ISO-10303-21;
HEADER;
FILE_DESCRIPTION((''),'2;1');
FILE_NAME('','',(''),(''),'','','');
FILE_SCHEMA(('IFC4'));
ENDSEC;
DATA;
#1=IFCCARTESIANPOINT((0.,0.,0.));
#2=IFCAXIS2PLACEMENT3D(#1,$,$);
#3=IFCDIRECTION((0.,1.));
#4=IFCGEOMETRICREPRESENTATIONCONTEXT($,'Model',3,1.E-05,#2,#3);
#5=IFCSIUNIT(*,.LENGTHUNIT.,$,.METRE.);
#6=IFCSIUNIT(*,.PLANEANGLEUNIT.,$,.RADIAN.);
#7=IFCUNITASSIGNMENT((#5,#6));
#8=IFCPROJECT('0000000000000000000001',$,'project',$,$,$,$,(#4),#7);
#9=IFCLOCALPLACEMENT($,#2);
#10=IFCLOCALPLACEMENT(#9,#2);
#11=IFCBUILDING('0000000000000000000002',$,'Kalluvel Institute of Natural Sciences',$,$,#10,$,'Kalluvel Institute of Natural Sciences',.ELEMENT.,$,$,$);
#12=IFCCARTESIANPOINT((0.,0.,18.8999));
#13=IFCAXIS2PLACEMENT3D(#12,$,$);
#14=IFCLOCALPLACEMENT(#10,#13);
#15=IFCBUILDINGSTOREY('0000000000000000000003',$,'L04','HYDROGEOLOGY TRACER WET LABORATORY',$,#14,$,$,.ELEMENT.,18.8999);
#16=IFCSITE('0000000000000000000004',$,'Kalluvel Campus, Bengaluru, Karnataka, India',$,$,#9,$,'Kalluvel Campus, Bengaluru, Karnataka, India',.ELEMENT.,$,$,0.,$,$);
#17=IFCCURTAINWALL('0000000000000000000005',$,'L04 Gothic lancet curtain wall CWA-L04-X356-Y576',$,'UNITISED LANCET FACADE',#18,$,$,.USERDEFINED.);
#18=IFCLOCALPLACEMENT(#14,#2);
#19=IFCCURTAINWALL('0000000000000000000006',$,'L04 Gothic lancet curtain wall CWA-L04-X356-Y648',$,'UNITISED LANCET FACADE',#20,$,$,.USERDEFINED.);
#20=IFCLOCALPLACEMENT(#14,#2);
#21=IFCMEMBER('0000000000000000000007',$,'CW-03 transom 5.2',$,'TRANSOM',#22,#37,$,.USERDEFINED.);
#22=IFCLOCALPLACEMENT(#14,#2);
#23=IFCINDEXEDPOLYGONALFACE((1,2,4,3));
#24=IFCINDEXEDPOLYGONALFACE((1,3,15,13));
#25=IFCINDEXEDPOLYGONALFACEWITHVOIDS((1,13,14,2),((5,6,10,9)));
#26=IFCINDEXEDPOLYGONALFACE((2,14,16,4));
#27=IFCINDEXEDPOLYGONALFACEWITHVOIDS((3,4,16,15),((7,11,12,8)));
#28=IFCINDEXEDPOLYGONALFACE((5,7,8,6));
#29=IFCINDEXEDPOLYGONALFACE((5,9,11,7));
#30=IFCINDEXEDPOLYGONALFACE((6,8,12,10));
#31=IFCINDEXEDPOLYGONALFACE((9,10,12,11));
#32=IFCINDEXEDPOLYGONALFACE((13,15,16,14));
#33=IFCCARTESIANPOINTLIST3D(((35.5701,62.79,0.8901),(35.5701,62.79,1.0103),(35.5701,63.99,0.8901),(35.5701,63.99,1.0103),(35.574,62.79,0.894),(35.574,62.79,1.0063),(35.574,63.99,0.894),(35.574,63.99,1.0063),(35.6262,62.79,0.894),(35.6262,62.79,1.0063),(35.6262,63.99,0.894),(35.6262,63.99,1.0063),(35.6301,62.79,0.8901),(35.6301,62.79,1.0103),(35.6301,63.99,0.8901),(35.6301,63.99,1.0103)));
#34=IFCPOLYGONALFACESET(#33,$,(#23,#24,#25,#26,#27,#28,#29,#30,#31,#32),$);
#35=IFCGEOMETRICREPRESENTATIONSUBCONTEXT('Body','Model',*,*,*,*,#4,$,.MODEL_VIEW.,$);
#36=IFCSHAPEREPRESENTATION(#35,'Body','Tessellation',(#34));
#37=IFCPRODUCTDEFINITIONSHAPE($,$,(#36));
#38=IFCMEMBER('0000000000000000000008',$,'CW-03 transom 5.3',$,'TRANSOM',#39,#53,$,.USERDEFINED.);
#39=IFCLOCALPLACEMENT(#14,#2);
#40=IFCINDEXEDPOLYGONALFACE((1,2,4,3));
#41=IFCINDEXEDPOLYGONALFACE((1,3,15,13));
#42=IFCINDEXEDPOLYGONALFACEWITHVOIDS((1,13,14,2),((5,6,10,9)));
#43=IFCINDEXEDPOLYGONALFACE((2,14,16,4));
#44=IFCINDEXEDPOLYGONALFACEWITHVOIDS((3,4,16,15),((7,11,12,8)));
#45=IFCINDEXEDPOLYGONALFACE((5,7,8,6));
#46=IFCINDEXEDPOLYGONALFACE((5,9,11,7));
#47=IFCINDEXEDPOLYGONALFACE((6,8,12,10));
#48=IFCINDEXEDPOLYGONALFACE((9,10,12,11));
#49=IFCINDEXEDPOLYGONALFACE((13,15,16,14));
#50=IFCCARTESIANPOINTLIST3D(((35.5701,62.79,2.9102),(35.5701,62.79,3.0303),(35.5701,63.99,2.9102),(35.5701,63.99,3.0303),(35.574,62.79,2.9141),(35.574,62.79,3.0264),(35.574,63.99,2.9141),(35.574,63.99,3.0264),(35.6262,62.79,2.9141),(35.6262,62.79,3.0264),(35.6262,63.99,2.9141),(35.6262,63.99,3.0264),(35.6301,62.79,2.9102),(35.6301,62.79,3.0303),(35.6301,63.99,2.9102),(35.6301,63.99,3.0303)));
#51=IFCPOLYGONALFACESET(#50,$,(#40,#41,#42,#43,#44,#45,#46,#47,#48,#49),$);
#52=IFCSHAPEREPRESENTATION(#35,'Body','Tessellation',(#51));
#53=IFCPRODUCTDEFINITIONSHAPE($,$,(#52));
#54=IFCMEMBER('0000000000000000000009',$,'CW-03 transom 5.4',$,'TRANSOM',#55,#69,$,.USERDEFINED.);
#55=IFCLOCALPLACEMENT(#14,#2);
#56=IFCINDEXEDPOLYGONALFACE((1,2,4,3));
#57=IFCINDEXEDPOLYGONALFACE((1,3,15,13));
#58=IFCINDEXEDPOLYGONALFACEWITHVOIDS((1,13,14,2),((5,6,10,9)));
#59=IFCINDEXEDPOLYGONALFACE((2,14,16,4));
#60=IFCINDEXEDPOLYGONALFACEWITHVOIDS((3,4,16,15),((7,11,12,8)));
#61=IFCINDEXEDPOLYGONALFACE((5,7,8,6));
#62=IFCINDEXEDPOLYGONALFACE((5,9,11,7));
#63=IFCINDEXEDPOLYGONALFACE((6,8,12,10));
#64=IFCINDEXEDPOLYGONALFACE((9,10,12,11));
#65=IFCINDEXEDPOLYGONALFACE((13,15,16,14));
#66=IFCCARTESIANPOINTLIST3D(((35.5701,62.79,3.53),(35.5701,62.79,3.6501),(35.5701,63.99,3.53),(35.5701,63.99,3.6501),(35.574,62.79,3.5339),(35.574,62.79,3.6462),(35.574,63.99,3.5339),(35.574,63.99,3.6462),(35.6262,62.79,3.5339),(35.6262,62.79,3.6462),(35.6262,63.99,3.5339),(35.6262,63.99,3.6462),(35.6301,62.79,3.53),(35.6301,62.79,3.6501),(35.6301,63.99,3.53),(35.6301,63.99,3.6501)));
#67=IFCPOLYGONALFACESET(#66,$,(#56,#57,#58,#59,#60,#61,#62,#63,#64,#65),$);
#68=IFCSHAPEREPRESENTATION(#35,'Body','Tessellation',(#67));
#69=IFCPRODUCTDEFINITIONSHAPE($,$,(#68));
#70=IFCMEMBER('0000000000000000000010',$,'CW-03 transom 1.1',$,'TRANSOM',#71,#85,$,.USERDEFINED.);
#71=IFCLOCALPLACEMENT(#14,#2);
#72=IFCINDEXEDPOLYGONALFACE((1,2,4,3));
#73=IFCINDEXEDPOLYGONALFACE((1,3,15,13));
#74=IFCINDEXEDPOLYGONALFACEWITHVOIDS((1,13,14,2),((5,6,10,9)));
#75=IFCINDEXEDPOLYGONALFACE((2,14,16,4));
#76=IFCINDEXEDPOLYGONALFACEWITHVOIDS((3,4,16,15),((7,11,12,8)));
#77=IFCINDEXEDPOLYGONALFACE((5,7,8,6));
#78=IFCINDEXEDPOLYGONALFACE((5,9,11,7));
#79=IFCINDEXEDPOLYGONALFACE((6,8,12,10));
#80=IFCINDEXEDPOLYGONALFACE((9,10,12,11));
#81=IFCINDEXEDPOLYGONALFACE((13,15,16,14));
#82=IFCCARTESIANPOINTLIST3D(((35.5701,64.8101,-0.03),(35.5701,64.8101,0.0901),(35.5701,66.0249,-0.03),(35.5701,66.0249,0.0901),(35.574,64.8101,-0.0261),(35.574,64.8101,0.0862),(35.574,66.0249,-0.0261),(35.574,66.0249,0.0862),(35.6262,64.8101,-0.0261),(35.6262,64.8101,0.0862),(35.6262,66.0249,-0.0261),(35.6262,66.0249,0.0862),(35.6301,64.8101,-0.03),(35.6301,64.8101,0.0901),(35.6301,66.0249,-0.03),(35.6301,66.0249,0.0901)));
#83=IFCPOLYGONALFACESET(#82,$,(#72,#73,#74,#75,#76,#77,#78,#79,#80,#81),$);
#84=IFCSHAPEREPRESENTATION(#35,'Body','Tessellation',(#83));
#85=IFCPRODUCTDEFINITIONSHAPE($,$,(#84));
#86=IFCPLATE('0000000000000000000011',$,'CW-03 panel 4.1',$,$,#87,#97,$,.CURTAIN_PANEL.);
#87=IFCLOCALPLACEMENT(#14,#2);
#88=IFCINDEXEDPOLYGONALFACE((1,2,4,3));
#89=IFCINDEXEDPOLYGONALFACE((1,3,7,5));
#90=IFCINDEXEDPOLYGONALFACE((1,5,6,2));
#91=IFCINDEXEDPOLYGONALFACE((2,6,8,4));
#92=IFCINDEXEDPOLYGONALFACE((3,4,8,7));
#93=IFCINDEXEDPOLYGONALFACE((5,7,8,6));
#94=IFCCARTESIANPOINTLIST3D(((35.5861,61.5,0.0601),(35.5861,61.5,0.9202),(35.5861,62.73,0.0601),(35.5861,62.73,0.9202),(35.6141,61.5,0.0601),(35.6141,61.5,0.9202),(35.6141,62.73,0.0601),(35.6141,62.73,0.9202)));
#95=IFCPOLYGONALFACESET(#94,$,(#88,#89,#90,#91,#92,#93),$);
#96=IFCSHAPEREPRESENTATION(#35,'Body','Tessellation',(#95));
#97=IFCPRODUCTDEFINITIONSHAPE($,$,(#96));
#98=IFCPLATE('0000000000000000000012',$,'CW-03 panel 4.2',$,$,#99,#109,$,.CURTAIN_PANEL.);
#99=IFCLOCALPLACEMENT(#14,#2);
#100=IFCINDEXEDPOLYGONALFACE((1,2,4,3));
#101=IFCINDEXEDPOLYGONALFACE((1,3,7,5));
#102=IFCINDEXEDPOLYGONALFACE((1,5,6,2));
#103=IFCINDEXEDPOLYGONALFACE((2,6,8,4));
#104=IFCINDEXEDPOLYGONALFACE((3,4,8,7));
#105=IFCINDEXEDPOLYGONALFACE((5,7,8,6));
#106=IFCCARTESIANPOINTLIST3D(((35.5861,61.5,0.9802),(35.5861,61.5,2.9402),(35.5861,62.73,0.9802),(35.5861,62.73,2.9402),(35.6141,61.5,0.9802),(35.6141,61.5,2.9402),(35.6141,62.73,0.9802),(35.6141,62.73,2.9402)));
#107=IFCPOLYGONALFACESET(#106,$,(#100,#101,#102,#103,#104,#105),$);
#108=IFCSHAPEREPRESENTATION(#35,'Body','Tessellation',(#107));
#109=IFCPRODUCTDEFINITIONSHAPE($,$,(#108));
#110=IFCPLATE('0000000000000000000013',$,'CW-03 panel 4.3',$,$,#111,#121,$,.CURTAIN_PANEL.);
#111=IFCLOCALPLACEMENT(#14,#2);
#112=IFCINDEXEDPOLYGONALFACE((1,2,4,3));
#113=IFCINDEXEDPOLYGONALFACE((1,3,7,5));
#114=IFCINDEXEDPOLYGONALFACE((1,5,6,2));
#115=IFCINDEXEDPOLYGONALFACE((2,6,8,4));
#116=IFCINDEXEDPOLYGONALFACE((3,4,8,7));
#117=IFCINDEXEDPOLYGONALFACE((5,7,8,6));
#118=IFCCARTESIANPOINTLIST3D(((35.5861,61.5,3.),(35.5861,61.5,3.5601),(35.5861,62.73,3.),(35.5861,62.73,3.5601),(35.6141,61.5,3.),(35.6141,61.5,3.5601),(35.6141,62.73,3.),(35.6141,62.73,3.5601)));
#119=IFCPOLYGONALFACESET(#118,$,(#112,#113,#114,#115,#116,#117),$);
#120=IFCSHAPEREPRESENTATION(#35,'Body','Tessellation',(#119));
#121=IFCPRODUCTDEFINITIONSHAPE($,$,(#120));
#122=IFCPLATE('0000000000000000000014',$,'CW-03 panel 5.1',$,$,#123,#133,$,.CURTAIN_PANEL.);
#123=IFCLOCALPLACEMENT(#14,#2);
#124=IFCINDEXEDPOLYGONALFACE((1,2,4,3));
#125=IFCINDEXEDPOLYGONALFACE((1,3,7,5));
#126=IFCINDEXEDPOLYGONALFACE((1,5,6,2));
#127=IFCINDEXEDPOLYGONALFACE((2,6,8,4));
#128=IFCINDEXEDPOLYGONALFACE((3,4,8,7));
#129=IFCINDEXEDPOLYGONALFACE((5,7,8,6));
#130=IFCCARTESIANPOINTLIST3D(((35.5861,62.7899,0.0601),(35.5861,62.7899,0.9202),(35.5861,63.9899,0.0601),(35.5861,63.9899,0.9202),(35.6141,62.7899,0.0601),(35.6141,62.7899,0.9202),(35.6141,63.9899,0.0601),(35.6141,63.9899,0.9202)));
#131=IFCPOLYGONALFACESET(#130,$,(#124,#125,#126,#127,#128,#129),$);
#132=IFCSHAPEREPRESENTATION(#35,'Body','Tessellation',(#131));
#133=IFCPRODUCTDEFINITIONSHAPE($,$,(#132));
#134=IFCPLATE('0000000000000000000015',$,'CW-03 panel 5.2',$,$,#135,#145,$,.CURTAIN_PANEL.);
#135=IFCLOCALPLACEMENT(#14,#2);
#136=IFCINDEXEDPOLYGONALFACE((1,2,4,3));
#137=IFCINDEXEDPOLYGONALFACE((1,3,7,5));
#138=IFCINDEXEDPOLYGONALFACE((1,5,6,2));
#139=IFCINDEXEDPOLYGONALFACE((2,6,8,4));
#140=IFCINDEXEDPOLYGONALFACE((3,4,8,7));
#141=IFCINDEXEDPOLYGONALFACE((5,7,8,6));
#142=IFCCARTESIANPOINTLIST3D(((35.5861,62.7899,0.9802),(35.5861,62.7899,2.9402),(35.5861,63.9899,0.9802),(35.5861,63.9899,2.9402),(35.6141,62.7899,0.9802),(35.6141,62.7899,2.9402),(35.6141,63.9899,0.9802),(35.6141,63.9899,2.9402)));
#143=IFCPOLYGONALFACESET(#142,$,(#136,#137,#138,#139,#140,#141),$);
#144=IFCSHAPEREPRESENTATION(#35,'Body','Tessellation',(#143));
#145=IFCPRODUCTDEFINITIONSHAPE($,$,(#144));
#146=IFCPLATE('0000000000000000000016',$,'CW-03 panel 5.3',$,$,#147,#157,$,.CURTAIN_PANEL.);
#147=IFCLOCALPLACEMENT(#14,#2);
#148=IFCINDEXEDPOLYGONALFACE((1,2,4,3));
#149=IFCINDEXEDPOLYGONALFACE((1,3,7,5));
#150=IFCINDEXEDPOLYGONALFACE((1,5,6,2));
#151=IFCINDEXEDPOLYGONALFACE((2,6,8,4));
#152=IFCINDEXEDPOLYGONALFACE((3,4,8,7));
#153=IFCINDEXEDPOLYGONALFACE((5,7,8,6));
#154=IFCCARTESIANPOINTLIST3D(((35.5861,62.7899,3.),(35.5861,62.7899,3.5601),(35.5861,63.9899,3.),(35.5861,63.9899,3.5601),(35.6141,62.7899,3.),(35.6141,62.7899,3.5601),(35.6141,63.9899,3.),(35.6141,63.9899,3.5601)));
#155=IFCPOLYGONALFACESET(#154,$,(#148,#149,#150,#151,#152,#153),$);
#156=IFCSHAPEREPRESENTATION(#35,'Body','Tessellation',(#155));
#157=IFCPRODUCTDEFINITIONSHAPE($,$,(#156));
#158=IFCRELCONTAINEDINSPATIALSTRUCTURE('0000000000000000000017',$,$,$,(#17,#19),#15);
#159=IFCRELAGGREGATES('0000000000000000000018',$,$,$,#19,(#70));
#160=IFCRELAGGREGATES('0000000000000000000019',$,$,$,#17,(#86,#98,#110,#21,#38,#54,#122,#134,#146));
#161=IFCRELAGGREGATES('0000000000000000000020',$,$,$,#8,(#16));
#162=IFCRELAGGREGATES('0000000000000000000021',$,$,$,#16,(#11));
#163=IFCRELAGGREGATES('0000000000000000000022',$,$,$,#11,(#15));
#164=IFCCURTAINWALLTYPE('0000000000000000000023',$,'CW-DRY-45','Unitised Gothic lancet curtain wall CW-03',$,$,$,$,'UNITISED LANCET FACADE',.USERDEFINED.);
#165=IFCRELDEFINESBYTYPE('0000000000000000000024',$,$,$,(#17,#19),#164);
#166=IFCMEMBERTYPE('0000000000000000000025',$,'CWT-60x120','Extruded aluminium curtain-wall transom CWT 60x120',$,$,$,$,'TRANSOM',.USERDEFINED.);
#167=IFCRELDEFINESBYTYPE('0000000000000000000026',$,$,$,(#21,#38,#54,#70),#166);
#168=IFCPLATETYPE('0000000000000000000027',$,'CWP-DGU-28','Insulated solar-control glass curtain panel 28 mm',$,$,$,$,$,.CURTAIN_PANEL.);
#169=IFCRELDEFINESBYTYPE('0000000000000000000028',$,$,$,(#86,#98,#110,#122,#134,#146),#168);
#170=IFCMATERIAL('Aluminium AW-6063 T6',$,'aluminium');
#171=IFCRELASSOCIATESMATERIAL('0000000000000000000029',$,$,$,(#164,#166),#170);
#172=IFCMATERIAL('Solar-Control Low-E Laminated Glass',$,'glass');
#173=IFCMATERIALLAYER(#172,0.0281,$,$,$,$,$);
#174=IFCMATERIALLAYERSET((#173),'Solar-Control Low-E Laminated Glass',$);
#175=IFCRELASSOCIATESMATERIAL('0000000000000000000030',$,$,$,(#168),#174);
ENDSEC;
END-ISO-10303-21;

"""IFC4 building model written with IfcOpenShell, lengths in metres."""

from ifc_helpers import new_model, si_unit, direction, frame, origin, origin_2d, place, context, subcontext, project, spatial, rectangle, hollow_rectangle, extrude, material, layer, layer_set, material_profile, profile_set, type_object, element, aggregate, save


model = new_model("IFC4")

# Units and contexts
model_context = context("Model", 3, precision=1e-05, world=origin(), true_north=direction((0.0, 1.0)))
body_context = subcontext(model_context, "Body", "Model", "MODEL_VIEW")
ifc_project = project(units=[si_unit("LENGTHUNIT", "METRE"), si_unit("PLANEANGLEUNIT", "RADIAN")], contexts=[model_context])

# Site, building, storey
site_placement = place(None, origin())
site = spatial("IfcSite", under=ifc_project, at=site_placement, Name="Kalluvel Campus, Bengaluru, Karnataka, India", LongName="Kalluvel Campus, Bengaluru, Karnataka, India", CompositionType="ELEMENT", RefElevation=0.0)
building_placement = place(site_placement, origin())
building = spatial("IfcBuilding", under=site, at=building_placement, Name="Kalluvel Institute of Natural Sciences", LongName="Kalluvel Institute of Natural Sciences", CompositionType="ELEMENT")
storey_placement = place(building_placement, frame((0.0, 0.0, 18.8999)))
storey = spatial("IfcBuildingStorey", under=building, at=storey_placement, Name="L04", Description="HYDROGEOLOGY TRACER WET LABORATORY", CompositionType="ELEMENT", Elevation=18.8999)

# Curtain wall
ifc_material_1 = material(Name="Aluminium AW-6063 T6", Category="aluminium")
curtain_wall_type = type_object("IfcCurtainWallType", Name="CW-DRY-45", Description="Unitised Gothic lancet curtain wall CW-03", ElementType="UNITISED LANCET FACADE", PredefinedType="USERDEFINED", material=ifc_material_1)
curtain_wall_1_placement = place(storey_placement, origin())
curtain_wall_1 = element("IfcCurtainWall", 1, at=curtain_wall_1_placement, inside=storey, type_object=curtain_wall_type, Name="L04 Gothic lancet curtain wall CWA-L04-X356-Y576", ObjectType="UNITISED LANCET FACADE", PredefinedType="USERDEFINED")

# Curtain wall
curtain_wall_2_placement = place(storey_placement, origin())
curtain_wall_2 = element("IfcCurtainWall", 2, at=curtain_wall_2_placement, inside=storey, type_object=curtain_wall_type, Name="L04 Gothic lancet curtain wall CWA-L04-X356-Y648", ObjectType="UNITISED LANCET FACADE", PredefinedType="USERDEFINED")

# Members
ifc_material_profile_1 = material_profile(ifc_material_1, hollow_rectangle(XDim=0.0601, YDim=0.1201, WallThickness=0.0039, at=origin_2d()), Name="CWT 60x120")
ifc_profile_set_1 = profile_set([ifc_material_profile_1], Name="Aluminium AW-6063 T6")
member_type_1 = type_object("IfcMemberType", Name="CWT-60x120", Description="Extruded aluminium curtain-wall transom CWT 60x120", ElementType="TRANSOM", PredefinedType="USERDEFINED", material=ifc_profile_set_1)
member_1_placement = place(storey_placement, frame((35.6001, 62.79, 0.9502), z_axis=(0.0, 1.0, 0.0), x_axis=(-1.0, 0.0, 0.0)))
member_1 = element("IfcMember", 3, at=member_1_placement, type_object=member_type_1, Name="CW-03 transom 5.2", ObjectType="TRANSOM", PredefinedType="USERDEFINED", context=body_context, shape_type="SweptSolid", body=[
    extrude(hollow_rectangle(XDim=0.0601, YDim=0.1201, WallThickness=0.0039, at=origin_2d()), origin(), (0.0, 0.0, 1.0), 1.2),
])
member_2_placement = place(storey_placement, frame((35.6001, 62.79, 2.9702), z_axis=(0.0, 1.0, 0.0), x_axis=(-1.0, 0.0, 0.0)))
member_2 = element("IfcMember", 4, at=member_2_placement, type_object=member_type_1, Name="CW-03 transom 5.3", ObjectType="TRANSOM", PredefinedType="USERDEFINED", context=body_context, shape_type="SweptSolid", body=[
    extrude(hollow_rectangle(XDim=0.0601, YDim=0.1201, WallThickness=0.0039, at=origin_2d()), origin(), (0.0, 0.0, 1.0), 1.2),
])
member_3_placement = place(storey_placement, frame((35.6001, 62.79, 3.5901), z_axis=(0.0, 1.0, 0.0), x_axis=(-1.0, 0.0, 0.0)))
member_3 = element("IfcMember", 5, at=member_3_placement, type_object=member_type_1, Name="CW-03 transom 5.4", ObjectType="TRANSOM", PredefinedType="USERDEFINED", context=body_context, shape_type="SweptSolid", body=[
    extrude(hollow_rectangle(XDim=0.0601, YDim=0.1201, WallThickness=0.0039, at=origin_2d()), origin(), (0.0, 0.0, 1.0), 1.2),
])
member_4_placement = place(storey_placement, frame((35.6001, 64.8101, 0.03), z_axis=(0.0, 1.0, 0.0), x_axis=(-1.0, 0.0, 0.0)))
member_4 = element("IfcMember", 6, at=member_4_placement, type_object=member_type_1, Name="CW-03 transom 1.1", ObjectType="TRANSOM", PredefinedType="USERDEFINED", context=body_context, shape_type="SweptSolid", body=[
    extrude(hollow_rectangle(XDim=0.0601, YDim=0.1201, WallThickness=0.0039, at=origin_2d()), origin(), (0.0, 0.0, 1.0), 1.2148),
])
aggregate(curtain_wall_2, [member_4])

# Plates
ifc_material_2 = material(Name="Solar-Control Low-E Laminated Glass", Category="glass")
ifc_layer = layer(ifc_material_2, 0.0281)
ifc_layer_set = layer_set([ifc_layer], Name="Solar-Control Low-E Laminated Glass")
plate_type = type_object("IfcPlateType", Name="CWP-DGU-28", Description="Insulated solar-control glass curtain panel 28 mm", PredefinedType="CURTAIN_PANEL", material=ifc_layer_set)
plate_1_placement = place(storey_placement, frame((35.6001, 62.115, 0.0601), z_axis=(0.0, 0.0, 1.0), x_axis=(0.0, 1.0, 0.0)))
plate_1 = element("IfcPlate", 7, at=plate_1_placement, type_object=plate_type, Name="CW-03 panel 4.1", PredefinedType="CURTAIN_PANEL", context=body_context, shape_type="SweptSolid", body=[
    extrude(rectangle(XDim=1.23, YDim=0.0281, at=origin_2d()), origin(), (0.0, 0.0, 1.0), 0.8601),
])
plate_2_placement = place(storey_placement, frame((35.6001, 62.115, 0.9802), z_axis=(0.0, 0.0, 1.0), x_axis=(0.0, 1.0, 0.0)))
plate_2 = element("IfcPlate", 8, at=plate_2_placement, type_object=plate_type, Name="CW-03 panel 4.2", PredefinedType="CURTAIN_PANEL", context=body_context, shape_type="SweptSolid", body=[
    extrude(rectangle(XDim=1.23, YDim=0.0281, at=origin_2d()), origin(), (0.0, 0.0, 1.0), 1.96),
])
plate_3_placement = place(storey_placement, frame((35.6001, 62.115, 3.0), z_axis=(0.0, 0.0, 1.0), x_axis=(0.0, 1.0, 0.0)))
plate_3 = element("IfcPlate", 9, at=plate_3_placement, type_object=plate_type, Name="CW-03 panel 4.3", PredefinedType="CURTAIN_PANEL", context=body_context, shape_type="SweptSolid", body=[
    extrude(rectangle(XDim=1.23, YDim=0.0281, at=origin_2d()), origin(), (0.0, 0.0, 1.0), 0.5601),
])
plate_4_placement = place(storey_placement, frame((35.6001, 63.3899, 0.0601), z_axis=(0.0, 0.0, 1.0), x_axis=(0.0, 1.0, 0.0)))
plate_4 = element("IfcPlate", 10, at=plate_4_placement, type_object=plate_type, Name="CW-03 panel 5.1", PredefinedType="CURTAIN_PANEL", context=body_context, shape_type="SweptSolid", body=[
    extrude(rectangle(XDim=1.2, YDim=0.0281, at=origin_2d()), origin(), (0.0, 0.0, 1.0), 0.8601),
])
plate_5_placement = place(storey_placement, frame((35.6001, 63.3899, 0.9802), z_axis=(0.0, 0.0, 1.0), x_axis=(0.0, 1.0, 0.0)))
plate_5 = element("IfcPlate", 11, at=plate_5_placement, type_object=plate_type, Name="CW-03 panel 5.2", PredefinedType="CURTAIN_PANEL", context=body_context, shape_type="SweptSolid", body=[
    extrude(rectangle(XDim=1.2, YDim=0.0281, at=origin_2d()), origin(), (0.0, 0.0, 1.0), 1.96),
])
plate_6_placement = place(storey_placement, frame((35.6001, 63.3899, 3.0), z_axis=(0.0, 0.0, 1.0), x_axis=(0.0, 1.0, 0.0)))
plate_6 = element("IfcPlate", 12, at=plate_6_placement, type_object=plate_type, Name="CW-03 panel 5.3", PredefinedType="CURTAIN_PANEL", context=body_context, shape_type="SweptSolid", body=[
    extrude(rectangle(XDim=1.2, YDim=0.0281, at=origin_2d()), origin(), (0.0, 0.0, 1.0), 0.5601),
])
aggregate(curtain_wall_1, [plate_1, plate_2, plate_3, member_1, member_2, member_3, plate_4, plate_5, plate_6])

save(model, "model.ifc")
